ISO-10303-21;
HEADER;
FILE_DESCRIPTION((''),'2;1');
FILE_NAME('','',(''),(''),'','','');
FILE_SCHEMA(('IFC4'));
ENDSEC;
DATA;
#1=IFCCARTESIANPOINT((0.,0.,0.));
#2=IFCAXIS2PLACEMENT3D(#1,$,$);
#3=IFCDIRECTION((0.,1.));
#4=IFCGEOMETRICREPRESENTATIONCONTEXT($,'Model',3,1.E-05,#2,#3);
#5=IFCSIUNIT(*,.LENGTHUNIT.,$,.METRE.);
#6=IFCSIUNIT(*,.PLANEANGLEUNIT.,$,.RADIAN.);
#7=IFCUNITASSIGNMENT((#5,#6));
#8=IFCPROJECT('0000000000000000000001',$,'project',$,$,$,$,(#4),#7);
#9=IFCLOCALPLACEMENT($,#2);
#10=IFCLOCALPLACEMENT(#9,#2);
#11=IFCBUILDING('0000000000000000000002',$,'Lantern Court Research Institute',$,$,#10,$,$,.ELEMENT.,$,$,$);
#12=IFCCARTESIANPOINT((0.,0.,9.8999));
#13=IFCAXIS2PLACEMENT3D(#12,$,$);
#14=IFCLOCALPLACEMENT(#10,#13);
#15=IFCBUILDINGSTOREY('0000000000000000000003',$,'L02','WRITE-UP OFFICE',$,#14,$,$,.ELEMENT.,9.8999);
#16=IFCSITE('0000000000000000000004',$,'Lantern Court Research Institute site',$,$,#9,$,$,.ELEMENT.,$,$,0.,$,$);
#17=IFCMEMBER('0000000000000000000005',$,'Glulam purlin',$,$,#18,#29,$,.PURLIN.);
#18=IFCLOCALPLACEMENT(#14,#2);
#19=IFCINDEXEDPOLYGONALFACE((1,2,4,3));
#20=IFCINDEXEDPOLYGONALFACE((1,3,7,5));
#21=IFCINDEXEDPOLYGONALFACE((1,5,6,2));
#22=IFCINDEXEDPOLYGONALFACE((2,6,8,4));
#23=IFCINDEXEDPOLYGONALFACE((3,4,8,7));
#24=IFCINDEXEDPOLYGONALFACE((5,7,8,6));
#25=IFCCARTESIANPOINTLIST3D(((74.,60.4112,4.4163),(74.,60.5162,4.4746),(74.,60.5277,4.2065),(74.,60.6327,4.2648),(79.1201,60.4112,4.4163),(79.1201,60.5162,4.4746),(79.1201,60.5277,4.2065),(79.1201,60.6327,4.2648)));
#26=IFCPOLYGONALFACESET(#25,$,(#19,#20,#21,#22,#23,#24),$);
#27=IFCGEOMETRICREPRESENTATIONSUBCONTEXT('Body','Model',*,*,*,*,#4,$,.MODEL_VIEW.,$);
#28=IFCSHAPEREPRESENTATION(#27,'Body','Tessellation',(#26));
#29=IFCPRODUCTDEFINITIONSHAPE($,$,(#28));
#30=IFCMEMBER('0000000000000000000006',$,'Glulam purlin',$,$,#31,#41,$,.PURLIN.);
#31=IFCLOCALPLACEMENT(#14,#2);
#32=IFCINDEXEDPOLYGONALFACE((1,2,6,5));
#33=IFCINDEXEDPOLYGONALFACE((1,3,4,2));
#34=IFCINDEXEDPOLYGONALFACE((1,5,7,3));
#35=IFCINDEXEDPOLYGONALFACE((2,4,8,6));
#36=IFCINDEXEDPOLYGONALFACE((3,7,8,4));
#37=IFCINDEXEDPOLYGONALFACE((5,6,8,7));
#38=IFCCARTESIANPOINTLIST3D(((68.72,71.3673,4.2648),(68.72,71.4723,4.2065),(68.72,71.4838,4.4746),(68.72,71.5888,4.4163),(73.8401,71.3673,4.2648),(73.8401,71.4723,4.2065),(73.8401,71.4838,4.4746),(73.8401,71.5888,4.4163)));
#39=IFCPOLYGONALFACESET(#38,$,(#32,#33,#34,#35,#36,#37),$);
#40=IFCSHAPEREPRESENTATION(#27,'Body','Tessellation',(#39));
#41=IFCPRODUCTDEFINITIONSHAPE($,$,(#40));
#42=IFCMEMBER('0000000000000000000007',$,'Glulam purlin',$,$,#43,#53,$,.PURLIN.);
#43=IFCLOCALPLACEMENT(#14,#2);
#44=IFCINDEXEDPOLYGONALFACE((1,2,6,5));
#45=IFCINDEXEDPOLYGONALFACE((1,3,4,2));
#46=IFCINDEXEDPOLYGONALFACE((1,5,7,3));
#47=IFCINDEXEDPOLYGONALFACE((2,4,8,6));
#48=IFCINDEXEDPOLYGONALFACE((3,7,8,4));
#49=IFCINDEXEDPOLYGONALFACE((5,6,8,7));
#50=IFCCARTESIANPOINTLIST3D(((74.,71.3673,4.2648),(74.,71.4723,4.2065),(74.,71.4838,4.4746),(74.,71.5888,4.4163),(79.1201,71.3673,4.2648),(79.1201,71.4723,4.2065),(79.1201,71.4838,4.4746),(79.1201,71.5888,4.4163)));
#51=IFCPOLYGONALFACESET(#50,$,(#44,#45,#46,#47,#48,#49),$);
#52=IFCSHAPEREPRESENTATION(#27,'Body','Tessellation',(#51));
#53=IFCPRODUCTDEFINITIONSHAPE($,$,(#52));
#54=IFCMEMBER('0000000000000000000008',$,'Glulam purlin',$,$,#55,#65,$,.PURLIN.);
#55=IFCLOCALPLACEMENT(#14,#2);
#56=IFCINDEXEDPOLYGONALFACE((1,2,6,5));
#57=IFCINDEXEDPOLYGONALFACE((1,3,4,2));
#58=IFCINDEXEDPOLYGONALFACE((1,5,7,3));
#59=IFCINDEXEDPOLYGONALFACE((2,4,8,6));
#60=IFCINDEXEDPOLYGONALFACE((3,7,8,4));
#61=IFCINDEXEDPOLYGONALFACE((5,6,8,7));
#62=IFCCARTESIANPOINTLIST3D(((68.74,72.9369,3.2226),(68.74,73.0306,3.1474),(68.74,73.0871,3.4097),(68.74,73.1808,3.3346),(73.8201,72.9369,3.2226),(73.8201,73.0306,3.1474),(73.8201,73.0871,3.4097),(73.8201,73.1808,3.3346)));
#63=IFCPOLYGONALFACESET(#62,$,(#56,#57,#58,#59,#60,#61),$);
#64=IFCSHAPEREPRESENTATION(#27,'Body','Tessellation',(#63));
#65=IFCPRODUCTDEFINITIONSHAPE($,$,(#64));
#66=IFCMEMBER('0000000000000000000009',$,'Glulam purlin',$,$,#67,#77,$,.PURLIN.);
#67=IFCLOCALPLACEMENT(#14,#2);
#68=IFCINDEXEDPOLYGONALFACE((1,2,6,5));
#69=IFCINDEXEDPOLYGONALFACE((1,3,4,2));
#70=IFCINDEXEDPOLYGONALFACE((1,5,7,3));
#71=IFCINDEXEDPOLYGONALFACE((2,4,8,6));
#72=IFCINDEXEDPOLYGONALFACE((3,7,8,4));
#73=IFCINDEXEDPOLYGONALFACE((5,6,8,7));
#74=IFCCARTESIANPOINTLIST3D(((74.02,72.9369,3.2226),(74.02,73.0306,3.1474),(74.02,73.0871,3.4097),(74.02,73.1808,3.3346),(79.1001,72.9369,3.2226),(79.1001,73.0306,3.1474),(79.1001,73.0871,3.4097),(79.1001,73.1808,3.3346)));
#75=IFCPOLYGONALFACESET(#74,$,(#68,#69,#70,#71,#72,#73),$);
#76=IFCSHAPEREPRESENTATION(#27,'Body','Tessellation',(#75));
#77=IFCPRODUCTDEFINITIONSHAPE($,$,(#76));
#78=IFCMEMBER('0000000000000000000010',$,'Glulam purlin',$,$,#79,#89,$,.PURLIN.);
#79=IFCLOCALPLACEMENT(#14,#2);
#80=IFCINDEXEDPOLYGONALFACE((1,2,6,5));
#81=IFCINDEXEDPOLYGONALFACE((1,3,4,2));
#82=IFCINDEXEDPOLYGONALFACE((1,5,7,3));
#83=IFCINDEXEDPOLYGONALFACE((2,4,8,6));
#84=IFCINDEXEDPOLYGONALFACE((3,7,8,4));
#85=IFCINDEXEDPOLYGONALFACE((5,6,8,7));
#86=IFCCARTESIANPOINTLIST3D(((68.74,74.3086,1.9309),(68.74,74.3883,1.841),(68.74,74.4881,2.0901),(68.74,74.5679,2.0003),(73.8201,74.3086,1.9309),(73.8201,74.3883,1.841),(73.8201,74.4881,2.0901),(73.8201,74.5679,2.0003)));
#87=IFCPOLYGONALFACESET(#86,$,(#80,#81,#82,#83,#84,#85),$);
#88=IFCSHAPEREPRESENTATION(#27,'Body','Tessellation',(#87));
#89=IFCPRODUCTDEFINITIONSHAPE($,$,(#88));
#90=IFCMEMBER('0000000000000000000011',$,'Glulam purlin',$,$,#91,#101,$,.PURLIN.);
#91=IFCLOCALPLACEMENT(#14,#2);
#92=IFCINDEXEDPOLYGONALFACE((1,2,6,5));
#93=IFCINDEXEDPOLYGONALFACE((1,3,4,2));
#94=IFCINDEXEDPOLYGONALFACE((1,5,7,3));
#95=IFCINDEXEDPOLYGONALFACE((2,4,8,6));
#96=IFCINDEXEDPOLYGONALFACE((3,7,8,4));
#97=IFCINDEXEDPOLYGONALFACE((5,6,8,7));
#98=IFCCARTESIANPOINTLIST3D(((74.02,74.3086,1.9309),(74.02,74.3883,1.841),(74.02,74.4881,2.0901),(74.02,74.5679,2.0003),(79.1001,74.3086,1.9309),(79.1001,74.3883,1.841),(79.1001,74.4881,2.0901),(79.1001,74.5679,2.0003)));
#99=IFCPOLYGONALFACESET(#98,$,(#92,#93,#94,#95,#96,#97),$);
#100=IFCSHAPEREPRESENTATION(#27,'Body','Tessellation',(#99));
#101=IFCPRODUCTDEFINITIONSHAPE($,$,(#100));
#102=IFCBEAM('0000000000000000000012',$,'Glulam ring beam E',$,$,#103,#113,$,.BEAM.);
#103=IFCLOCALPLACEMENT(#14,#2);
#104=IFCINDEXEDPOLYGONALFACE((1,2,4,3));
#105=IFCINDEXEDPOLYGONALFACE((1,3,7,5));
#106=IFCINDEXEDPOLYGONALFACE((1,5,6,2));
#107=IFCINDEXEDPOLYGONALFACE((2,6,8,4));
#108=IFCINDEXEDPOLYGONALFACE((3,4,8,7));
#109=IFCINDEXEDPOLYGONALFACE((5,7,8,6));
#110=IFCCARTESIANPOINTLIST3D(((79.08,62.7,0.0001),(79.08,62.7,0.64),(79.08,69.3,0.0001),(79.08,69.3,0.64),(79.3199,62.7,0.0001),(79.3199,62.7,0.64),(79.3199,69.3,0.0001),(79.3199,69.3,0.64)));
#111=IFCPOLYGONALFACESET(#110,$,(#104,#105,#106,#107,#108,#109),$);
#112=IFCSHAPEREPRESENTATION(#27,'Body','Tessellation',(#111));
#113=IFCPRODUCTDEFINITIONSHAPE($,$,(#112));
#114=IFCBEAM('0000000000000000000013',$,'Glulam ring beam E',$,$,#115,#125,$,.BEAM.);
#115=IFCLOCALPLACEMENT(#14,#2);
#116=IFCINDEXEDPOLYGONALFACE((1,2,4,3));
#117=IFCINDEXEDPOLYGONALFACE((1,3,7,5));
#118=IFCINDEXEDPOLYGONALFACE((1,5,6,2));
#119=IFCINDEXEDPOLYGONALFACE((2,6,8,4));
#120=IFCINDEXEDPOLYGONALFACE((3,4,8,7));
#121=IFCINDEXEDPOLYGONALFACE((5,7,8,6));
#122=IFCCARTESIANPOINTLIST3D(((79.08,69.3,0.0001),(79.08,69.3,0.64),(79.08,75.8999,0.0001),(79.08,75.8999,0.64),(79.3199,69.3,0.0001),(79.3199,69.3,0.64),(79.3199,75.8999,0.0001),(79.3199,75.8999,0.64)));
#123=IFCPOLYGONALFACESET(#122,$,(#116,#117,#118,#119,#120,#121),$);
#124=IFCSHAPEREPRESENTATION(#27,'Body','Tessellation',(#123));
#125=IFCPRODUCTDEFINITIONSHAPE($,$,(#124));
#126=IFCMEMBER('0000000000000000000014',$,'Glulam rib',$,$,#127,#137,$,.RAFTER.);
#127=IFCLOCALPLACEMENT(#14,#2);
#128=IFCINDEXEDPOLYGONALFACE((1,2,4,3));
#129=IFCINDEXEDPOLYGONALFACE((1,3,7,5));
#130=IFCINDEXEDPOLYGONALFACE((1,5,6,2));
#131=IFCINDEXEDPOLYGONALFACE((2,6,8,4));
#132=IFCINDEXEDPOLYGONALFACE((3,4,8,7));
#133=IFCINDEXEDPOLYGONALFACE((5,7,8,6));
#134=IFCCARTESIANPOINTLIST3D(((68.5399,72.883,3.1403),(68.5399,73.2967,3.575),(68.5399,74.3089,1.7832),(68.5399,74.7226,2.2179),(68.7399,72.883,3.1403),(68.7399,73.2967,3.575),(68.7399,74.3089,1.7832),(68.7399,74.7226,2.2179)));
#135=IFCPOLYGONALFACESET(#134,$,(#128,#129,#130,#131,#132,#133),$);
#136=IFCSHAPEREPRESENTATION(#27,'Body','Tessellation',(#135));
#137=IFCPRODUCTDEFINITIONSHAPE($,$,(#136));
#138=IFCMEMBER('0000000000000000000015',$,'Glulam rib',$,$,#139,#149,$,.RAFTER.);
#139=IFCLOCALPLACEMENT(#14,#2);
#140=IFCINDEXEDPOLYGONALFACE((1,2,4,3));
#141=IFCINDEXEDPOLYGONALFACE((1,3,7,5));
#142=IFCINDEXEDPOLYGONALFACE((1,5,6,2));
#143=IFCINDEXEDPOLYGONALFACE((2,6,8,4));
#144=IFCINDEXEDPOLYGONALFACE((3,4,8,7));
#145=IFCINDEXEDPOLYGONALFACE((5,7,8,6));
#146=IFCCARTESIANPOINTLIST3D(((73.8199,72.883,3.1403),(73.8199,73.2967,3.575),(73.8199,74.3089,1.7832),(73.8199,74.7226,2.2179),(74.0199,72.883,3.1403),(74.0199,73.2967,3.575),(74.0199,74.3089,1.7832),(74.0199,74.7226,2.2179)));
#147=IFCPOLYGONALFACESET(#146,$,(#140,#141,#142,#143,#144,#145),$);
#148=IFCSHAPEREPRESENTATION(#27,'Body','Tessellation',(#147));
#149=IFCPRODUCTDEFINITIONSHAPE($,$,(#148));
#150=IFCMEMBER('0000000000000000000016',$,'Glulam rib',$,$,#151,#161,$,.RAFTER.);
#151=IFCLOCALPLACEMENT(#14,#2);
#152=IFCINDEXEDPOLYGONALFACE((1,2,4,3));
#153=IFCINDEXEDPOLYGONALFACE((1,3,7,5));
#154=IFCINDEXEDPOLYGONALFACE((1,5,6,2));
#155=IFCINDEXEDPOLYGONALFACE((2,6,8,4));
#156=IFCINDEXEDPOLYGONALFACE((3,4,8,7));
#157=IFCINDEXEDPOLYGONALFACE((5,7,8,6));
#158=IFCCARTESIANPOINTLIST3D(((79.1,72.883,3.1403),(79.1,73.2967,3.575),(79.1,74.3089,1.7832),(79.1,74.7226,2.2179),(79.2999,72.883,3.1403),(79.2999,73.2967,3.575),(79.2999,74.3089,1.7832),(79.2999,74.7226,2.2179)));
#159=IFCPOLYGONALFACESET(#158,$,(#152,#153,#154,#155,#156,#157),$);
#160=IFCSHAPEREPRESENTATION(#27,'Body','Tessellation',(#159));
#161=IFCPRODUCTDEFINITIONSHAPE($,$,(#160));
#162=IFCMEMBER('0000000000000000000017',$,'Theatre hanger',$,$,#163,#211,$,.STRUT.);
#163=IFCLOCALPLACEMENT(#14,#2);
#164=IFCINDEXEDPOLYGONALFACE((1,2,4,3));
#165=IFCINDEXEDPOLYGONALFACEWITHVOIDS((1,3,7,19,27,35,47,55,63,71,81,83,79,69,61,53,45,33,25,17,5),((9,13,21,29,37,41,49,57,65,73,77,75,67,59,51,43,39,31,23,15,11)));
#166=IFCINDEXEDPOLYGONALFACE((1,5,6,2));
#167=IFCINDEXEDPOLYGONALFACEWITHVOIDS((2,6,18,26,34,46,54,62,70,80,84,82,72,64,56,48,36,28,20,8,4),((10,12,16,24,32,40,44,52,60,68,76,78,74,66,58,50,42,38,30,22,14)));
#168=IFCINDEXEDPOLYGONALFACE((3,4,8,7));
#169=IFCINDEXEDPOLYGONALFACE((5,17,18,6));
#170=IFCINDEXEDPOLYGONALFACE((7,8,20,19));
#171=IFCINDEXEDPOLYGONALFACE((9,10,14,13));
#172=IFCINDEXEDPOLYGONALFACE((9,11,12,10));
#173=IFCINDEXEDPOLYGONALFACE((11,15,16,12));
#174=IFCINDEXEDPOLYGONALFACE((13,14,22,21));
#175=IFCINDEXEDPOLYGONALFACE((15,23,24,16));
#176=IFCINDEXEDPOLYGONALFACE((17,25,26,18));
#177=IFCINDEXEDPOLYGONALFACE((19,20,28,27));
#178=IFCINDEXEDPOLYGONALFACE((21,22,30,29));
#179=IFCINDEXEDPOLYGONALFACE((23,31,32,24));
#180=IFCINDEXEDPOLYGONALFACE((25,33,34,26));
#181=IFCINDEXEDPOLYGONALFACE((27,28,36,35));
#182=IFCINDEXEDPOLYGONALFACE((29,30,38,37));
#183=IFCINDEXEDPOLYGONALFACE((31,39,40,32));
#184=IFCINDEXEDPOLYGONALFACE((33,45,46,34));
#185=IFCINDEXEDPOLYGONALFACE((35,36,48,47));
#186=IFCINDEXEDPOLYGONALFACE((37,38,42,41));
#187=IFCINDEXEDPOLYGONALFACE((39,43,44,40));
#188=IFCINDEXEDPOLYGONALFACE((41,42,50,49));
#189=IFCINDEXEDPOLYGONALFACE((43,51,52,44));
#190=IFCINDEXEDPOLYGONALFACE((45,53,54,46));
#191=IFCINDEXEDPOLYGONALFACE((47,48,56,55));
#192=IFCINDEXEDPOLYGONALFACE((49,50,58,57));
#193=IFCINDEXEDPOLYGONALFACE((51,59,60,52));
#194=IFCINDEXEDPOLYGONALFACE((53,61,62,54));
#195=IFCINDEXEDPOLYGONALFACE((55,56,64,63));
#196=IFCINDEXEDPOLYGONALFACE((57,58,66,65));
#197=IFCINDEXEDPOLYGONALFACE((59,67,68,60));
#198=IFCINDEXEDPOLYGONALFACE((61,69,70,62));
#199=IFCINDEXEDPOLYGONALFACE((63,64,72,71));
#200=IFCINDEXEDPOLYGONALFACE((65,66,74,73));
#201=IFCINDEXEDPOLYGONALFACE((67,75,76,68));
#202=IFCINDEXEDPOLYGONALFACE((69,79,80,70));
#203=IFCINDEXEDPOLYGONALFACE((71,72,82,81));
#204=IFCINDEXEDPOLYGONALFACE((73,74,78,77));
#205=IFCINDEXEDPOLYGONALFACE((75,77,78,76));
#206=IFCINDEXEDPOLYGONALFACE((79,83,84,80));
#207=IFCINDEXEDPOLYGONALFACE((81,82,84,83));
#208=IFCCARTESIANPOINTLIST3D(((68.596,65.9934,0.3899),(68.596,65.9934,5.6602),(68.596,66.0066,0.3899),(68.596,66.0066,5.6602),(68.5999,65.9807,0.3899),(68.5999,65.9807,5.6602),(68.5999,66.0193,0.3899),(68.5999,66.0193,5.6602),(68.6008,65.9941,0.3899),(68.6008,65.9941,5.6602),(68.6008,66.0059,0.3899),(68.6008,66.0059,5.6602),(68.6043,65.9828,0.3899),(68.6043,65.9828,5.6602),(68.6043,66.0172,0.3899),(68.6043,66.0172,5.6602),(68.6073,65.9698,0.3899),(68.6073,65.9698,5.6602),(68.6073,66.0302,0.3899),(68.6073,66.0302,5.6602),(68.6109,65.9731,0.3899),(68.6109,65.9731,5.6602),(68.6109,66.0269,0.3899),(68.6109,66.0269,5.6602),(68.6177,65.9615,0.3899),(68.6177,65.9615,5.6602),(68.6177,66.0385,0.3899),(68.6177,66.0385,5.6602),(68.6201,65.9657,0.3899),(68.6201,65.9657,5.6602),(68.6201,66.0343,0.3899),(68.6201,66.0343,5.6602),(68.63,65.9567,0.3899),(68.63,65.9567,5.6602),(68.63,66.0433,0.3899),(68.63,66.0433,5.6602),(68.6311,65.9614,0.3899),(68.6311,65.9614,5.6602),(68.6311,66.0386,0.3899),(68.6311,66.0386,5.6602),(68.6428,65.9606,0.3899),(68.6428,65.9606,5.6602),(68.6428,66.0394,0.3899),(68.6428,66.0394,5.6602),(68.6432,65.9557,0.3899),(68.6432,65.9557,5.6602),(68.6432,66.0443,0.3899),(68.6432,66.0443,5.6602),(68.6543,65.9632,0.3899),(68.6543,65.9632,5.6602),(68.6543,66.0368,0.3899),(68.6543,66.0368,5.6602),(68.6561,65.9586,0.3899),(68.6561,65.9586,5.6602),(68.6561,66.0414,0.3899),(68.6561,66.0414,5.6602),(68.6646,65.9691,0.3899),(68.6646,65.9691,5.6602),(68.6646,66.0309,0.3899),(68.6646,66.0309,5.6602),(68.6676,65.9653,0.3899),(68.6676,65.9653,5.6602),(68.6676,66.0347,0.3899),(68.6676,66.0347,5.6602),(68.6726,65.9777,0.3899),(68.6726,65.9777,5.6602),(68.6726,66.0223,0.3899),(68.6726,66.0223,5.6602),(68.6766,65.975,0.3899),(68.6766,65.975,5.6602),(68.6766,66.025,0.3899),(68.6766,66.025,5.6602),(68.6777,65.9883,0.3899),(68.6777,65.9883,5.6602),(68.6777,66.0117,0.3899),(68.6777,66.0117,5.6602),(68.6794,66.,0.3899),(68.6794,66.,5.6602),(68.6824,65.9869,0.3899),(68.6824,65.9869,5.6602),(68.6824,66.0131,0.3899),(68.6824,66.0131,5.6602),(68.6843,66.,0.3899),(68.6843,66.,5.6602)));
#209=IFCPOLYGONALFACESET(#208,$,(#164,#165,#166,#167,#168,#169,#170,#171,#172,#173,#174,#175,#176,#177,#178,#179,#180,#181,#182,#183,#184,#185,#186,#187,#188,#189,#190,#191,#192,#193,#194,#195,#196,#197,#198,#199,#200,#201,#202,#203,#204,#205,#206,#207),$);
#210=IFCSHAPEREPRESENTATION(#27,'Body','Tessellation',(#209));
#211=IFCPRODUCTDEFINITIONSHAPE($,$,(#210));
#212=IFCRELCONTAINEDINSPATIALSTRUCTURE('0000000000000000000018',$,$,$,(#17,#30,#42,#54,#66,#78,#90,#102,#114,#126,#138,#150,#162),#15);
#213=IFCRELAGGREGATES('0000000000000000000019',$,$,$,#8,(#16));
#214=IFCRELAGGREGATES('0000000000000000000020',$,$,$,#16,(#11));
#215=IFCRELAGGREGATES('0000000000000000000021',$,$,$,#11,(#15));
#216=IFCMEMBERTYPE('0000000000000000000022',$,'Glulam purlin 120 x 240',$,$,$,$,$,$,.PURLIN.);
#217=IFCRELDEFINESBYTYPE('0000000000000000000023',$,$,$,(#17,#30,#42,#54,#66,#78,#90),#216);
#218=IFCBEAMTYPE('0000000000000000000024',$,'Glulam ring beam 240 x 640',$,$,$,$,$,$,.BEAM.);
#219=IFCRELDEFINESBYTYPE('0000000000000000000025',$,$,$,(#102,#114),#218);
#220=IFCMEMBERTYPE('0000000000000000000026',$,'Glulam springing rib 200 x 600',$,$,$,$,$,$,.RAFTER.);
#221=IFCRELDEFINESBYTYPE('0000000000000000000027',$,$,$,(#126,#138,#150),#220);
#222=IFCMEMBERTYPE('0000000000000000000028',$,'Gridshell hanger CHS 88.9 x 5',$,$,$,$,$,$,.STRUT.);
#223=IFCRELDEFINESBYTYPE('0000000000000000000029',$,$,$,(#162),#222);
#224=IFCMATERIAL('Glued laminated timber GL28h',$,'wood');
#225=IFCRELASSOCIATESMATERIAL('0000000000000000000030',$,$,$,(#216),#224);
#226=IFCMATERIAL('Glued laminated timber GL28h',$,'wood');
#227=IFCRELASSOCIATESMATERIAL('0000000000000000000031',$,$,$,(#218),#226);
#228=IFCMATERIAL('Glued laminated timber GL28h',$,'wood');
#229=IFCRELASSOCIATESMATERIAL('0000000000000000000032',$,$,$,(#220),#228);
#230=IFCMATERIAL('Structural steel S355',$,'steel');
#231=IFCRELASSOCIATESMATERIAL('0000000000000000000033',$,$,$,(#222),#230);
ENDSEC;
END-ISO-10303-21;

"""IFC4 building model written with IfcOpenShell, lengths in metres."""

from ifc_helpers import new_model, si_unit, direction, frame, origin, origin_2d, place, context, subcontext, project, spatial, rectangle, hollow_circle, extrude, material, material_profile, profile_set, type_object, element, save


model = new_model("IFC4")

# Units and contexts
model_context = context("Model", 3, precision=1e-05, world=origin(), true_north=direction((0.0, 1.0)))
body_context = subcontext(model_context, "Body", "Model", "MODEL_VIEW")
ifc_project = project(units=[si_unit("LENGTHUNIT", "METRE"), si_unit("PLANEANGLEUNIT", "RADIAN")], contexts=[model_context])

# Site, building, storey
site_placement = place(None, origin())
site = spatial("IfcSite", under=ifc_project, at=site_placement, Name="Lantern Court Research Institute site", CompositionType="ELEMENT", RefElevation=0.0)
building_placement = place(site_placement, origin())
building = spatial("IfcBuilding", under=site, at=building_placement, Name="Lantern Court Research Institute", CompositionType="ELEMENT")
storey_placement = place(building_placement, frame((0.0, 0.0, 9.8999)))
storey = spatial("IfcBuildingStorey", under=building, at=storey_placement, Name="L02", Description="WRITE-UP OFFICE", CompositionType="ELEMENT", Elevation=9.8999)

# Members
ifc_material_1 = material(Name="Glued laminated timber GL28h", Category="wood")
ifc_material_profile_1 = material_profile(ifc_material_1, rectangle(XDim=0.1201, YDim=0.24, at=origin_2d()), Name="Glulam purlin 120 x 240")
ifc_profile_set_1 = profile_set([ifc_material_profile_1], Name="Glued laminated timber GL28h")
member_type_1 = type_object("IfcMemberType", Name="Glulam purlin 120 x 240", PredefinedType="PURLIN", material=ifc_profile_set_1)
for number, where, z_axis, x_axis, name in (
    (1, (74.0, 60.522, 4.3406), (1.0, 0.0, 0.0), (0.0, 0.874157, 0.485643), "Glulam purlin"),
    (2, (68.72, 71.478, 4.3406), (1.0, 0.0, 0.0), (0.0, 0.874157, -0.485643), "Glulam purlin"),
    (3, (74.0, 71.478, 4.3406), (1.0, 0.0, 0.0), (0.0, 0.874157, -0.485643), "Glulam purlin"),
):
    element("IfcMember", number, at=place(storey_placement, frame(where, z_axis=z_axis, x_axis=x_axis)), inside=storey, type_object=member_type_1, Name=name, PredefinedType="PURLIN", context=body_context, shape_type="SweptSolid", body=[
        extrude(rectangle(XDim=0.1201, YDim=0.24, at=origin_2d()), origin(), (0.0, 0.0, 1.0), 5.1201),
    ])
for number, where, z_axis, x_axis, name in (
    (4, (68.74, 73.0588, 3.2786), (1.0, 0.0, 0.0), (0.0, 0.779999, -0.62578), "Glulam purlin"),
    (5, (74.02, 73.0588, 3.2786), (1.0, 0.0, 0.0), (0.0, 0.779999, -0.62578), "Glulam purlin"),
    (6, (68.74, 74.4382, 1.9656), (1.0, 0.0, 0.0), (0.0, 0.663608, -0.74808), "Glulam purlin"),
    (7, (74.02, 74.4382, 1.9656), (1.0, 0.0, 0.0), (0.0, 0.663608, -0.74808), "Glulam purlin"),
):
    element("IfcMember", number, at=place(storey_placement, frame(where, z_axis=z_axis, x_axis=x_axis)), inside=storey, type_object=member_type_1, Name=name, PredefinedType="PURLIN", context=body_context, shape_type="SweptSolid", body=[
        extrude(rectangle(XDim=0.1201, YDim=0.24, at=origin_2d()), origin(), (0.0, 0.0, 1.0), 5.0801),
    ])

# Beams
ifc_material_2 = material(Name="Glued laminated timber GL28h", Category="wood")
ifc_material_profile_2 = material_profile(ifc_material_2, rectangle(XDim=0.24, YDim=0.6399, at=origin_2d()), Name="Glulam ring beam 240 x 640")
ifc_profile_set_2 = profile_set([ifc_material_profile_2], Name="Glued laminated timber GL28h")
beam_type = type_object("IfcBeamType", Name="Glulam ring beam 240 x 640", PredefinedType="BEAM", material=ifc_profile_set_2)
beam_1_placement = place(storey_placement, frame((79.2, 62.7, 0.3201), z_axis=(0.0, 1.0, 0.0), x_axis=(-1.0, 0.0, 0.0)))
element("IfcBeam", 8, at=beam_1_placement, inside=storey, type_object=beam_type, Name="Glulam ring beam E", PredefinedType="BEAM", context=body_context, shape_type="SweptSolid", body=[
    extrude(rectangle(XDim=0.24, YDim=0.6399, at=origin_2d()), origin(), (0.0, 0.0, 1.0), 6.6001),
])
beam_2_placement = place(storey_placement, frame((79.2, 69.3, 0.3201), z_axis=(0.0, 1.0, 0.0), x_axis=(-1.0, 0.0, 0.0)))
element("IfcBeam", 9, at=beam_2_placement, inside=storey, type_object=beam_type, Name="Glulam ring beam E", PredefinedType="BEAM", context=body_context, shape_type="SweptSolid", body=[
    extrude(rectangle(XDim=0.24, YDim=0.6399, at=origin_2d()), origin(), (0.0, 0.0, 1.0), 6.5999),
])

# Members
ifc_material_3 = material(Name="Glued laminated timber GL28h", Category="wood")
ifc_material_profile_3 = material_profile(ifc_material_3, rectangle(XDim=0.2, YDim=0.6001, at=origin_2d()), Name="Glulam springing rib 200 x 600")
ifc_profile_set_3 = profile_set([ifc_material_profile_3], Name="Glued laminated timber GL28h")
member_type_2 = type_object("IfcMemberType", Name="Glulam springing rib 200 x 600", PredefinedType="RAFTER", material=ifc_profile_set_3)
for number, where, z_axis, x_axis, name in (
    (10, (68.6399, 73.0898, 3.3577), (0.0, 0.724377, -0.689404), (-1.0, 0.0, 0.0), "Glulam rib"),
    (11, (73.9199, 73.0898, 3.3577), (0.0, 0.724377, -0.689404), (-1.0, 0.0, 0.0), "Glulam rib"),
    (12, (79.2, 73.0898, 3.3577), (0.0, 0.724377, -0.689404), (-1.0, 0.0, 0.0), "Glulam rib"),
):
    element("IfcMember", number, at=place(storey_placement, frame(where, z_axis=z_axis, x_axis=x_axis)), inside=storey, type_object=member_type_2, Name=name, PredefinedType="RAFTER", context=body_context, shape_type="SweptSolid", body=[
        extrude(rectangle(XDim=0.2, YDim=0.6001, at=origin_2d()), origin(), (0.0, 0.0, 1.0), 1.9685),
    ])
ifc_material_4 = material(Name="Structural steel S355", Category="steel")
ifc_material_profile_4 = material_profile(ifc_material_4, hollow_circle(Radius=0.0444, WallThickness=0.0049, at=origin_2d()), Name="Gridshell hanger CHS 88.9 x 5")
ifc_profile_set_4 = profile_set([ifc_material_profile_4], Name="Structural steel S355")
member_type_3 = type_object("IfcMemberType", Name="Gridshell hanger CHS 88.9 x 5", PredefinedType="STRUT", material=ifc_profile_set_4)
for number, where, z_axis, x_axis, name in (
    (13, (68.6399, 66.0, 0.3899), (0.0, 0.0, 1.0), (1.0, 0.0, 0.0), "Theatre hanger"),
):
    element("IfcMember", number, at=place(storey_placement, frame(where, z_axis=z_axis, x_axis=x_axis)), inside=storey, type_object=member_type_3, Name=name, PredefinedType="STRUT", context=body_context, shape_type="SweptSolid", body=[
        extrude(hollow_circle(Radius=0.0444, WallThickness=0.0049, at=origin_2d()), origin(), (0.0, 0.0, 1.0), 5.2703),
    ])

save(model, "model.ifc")
